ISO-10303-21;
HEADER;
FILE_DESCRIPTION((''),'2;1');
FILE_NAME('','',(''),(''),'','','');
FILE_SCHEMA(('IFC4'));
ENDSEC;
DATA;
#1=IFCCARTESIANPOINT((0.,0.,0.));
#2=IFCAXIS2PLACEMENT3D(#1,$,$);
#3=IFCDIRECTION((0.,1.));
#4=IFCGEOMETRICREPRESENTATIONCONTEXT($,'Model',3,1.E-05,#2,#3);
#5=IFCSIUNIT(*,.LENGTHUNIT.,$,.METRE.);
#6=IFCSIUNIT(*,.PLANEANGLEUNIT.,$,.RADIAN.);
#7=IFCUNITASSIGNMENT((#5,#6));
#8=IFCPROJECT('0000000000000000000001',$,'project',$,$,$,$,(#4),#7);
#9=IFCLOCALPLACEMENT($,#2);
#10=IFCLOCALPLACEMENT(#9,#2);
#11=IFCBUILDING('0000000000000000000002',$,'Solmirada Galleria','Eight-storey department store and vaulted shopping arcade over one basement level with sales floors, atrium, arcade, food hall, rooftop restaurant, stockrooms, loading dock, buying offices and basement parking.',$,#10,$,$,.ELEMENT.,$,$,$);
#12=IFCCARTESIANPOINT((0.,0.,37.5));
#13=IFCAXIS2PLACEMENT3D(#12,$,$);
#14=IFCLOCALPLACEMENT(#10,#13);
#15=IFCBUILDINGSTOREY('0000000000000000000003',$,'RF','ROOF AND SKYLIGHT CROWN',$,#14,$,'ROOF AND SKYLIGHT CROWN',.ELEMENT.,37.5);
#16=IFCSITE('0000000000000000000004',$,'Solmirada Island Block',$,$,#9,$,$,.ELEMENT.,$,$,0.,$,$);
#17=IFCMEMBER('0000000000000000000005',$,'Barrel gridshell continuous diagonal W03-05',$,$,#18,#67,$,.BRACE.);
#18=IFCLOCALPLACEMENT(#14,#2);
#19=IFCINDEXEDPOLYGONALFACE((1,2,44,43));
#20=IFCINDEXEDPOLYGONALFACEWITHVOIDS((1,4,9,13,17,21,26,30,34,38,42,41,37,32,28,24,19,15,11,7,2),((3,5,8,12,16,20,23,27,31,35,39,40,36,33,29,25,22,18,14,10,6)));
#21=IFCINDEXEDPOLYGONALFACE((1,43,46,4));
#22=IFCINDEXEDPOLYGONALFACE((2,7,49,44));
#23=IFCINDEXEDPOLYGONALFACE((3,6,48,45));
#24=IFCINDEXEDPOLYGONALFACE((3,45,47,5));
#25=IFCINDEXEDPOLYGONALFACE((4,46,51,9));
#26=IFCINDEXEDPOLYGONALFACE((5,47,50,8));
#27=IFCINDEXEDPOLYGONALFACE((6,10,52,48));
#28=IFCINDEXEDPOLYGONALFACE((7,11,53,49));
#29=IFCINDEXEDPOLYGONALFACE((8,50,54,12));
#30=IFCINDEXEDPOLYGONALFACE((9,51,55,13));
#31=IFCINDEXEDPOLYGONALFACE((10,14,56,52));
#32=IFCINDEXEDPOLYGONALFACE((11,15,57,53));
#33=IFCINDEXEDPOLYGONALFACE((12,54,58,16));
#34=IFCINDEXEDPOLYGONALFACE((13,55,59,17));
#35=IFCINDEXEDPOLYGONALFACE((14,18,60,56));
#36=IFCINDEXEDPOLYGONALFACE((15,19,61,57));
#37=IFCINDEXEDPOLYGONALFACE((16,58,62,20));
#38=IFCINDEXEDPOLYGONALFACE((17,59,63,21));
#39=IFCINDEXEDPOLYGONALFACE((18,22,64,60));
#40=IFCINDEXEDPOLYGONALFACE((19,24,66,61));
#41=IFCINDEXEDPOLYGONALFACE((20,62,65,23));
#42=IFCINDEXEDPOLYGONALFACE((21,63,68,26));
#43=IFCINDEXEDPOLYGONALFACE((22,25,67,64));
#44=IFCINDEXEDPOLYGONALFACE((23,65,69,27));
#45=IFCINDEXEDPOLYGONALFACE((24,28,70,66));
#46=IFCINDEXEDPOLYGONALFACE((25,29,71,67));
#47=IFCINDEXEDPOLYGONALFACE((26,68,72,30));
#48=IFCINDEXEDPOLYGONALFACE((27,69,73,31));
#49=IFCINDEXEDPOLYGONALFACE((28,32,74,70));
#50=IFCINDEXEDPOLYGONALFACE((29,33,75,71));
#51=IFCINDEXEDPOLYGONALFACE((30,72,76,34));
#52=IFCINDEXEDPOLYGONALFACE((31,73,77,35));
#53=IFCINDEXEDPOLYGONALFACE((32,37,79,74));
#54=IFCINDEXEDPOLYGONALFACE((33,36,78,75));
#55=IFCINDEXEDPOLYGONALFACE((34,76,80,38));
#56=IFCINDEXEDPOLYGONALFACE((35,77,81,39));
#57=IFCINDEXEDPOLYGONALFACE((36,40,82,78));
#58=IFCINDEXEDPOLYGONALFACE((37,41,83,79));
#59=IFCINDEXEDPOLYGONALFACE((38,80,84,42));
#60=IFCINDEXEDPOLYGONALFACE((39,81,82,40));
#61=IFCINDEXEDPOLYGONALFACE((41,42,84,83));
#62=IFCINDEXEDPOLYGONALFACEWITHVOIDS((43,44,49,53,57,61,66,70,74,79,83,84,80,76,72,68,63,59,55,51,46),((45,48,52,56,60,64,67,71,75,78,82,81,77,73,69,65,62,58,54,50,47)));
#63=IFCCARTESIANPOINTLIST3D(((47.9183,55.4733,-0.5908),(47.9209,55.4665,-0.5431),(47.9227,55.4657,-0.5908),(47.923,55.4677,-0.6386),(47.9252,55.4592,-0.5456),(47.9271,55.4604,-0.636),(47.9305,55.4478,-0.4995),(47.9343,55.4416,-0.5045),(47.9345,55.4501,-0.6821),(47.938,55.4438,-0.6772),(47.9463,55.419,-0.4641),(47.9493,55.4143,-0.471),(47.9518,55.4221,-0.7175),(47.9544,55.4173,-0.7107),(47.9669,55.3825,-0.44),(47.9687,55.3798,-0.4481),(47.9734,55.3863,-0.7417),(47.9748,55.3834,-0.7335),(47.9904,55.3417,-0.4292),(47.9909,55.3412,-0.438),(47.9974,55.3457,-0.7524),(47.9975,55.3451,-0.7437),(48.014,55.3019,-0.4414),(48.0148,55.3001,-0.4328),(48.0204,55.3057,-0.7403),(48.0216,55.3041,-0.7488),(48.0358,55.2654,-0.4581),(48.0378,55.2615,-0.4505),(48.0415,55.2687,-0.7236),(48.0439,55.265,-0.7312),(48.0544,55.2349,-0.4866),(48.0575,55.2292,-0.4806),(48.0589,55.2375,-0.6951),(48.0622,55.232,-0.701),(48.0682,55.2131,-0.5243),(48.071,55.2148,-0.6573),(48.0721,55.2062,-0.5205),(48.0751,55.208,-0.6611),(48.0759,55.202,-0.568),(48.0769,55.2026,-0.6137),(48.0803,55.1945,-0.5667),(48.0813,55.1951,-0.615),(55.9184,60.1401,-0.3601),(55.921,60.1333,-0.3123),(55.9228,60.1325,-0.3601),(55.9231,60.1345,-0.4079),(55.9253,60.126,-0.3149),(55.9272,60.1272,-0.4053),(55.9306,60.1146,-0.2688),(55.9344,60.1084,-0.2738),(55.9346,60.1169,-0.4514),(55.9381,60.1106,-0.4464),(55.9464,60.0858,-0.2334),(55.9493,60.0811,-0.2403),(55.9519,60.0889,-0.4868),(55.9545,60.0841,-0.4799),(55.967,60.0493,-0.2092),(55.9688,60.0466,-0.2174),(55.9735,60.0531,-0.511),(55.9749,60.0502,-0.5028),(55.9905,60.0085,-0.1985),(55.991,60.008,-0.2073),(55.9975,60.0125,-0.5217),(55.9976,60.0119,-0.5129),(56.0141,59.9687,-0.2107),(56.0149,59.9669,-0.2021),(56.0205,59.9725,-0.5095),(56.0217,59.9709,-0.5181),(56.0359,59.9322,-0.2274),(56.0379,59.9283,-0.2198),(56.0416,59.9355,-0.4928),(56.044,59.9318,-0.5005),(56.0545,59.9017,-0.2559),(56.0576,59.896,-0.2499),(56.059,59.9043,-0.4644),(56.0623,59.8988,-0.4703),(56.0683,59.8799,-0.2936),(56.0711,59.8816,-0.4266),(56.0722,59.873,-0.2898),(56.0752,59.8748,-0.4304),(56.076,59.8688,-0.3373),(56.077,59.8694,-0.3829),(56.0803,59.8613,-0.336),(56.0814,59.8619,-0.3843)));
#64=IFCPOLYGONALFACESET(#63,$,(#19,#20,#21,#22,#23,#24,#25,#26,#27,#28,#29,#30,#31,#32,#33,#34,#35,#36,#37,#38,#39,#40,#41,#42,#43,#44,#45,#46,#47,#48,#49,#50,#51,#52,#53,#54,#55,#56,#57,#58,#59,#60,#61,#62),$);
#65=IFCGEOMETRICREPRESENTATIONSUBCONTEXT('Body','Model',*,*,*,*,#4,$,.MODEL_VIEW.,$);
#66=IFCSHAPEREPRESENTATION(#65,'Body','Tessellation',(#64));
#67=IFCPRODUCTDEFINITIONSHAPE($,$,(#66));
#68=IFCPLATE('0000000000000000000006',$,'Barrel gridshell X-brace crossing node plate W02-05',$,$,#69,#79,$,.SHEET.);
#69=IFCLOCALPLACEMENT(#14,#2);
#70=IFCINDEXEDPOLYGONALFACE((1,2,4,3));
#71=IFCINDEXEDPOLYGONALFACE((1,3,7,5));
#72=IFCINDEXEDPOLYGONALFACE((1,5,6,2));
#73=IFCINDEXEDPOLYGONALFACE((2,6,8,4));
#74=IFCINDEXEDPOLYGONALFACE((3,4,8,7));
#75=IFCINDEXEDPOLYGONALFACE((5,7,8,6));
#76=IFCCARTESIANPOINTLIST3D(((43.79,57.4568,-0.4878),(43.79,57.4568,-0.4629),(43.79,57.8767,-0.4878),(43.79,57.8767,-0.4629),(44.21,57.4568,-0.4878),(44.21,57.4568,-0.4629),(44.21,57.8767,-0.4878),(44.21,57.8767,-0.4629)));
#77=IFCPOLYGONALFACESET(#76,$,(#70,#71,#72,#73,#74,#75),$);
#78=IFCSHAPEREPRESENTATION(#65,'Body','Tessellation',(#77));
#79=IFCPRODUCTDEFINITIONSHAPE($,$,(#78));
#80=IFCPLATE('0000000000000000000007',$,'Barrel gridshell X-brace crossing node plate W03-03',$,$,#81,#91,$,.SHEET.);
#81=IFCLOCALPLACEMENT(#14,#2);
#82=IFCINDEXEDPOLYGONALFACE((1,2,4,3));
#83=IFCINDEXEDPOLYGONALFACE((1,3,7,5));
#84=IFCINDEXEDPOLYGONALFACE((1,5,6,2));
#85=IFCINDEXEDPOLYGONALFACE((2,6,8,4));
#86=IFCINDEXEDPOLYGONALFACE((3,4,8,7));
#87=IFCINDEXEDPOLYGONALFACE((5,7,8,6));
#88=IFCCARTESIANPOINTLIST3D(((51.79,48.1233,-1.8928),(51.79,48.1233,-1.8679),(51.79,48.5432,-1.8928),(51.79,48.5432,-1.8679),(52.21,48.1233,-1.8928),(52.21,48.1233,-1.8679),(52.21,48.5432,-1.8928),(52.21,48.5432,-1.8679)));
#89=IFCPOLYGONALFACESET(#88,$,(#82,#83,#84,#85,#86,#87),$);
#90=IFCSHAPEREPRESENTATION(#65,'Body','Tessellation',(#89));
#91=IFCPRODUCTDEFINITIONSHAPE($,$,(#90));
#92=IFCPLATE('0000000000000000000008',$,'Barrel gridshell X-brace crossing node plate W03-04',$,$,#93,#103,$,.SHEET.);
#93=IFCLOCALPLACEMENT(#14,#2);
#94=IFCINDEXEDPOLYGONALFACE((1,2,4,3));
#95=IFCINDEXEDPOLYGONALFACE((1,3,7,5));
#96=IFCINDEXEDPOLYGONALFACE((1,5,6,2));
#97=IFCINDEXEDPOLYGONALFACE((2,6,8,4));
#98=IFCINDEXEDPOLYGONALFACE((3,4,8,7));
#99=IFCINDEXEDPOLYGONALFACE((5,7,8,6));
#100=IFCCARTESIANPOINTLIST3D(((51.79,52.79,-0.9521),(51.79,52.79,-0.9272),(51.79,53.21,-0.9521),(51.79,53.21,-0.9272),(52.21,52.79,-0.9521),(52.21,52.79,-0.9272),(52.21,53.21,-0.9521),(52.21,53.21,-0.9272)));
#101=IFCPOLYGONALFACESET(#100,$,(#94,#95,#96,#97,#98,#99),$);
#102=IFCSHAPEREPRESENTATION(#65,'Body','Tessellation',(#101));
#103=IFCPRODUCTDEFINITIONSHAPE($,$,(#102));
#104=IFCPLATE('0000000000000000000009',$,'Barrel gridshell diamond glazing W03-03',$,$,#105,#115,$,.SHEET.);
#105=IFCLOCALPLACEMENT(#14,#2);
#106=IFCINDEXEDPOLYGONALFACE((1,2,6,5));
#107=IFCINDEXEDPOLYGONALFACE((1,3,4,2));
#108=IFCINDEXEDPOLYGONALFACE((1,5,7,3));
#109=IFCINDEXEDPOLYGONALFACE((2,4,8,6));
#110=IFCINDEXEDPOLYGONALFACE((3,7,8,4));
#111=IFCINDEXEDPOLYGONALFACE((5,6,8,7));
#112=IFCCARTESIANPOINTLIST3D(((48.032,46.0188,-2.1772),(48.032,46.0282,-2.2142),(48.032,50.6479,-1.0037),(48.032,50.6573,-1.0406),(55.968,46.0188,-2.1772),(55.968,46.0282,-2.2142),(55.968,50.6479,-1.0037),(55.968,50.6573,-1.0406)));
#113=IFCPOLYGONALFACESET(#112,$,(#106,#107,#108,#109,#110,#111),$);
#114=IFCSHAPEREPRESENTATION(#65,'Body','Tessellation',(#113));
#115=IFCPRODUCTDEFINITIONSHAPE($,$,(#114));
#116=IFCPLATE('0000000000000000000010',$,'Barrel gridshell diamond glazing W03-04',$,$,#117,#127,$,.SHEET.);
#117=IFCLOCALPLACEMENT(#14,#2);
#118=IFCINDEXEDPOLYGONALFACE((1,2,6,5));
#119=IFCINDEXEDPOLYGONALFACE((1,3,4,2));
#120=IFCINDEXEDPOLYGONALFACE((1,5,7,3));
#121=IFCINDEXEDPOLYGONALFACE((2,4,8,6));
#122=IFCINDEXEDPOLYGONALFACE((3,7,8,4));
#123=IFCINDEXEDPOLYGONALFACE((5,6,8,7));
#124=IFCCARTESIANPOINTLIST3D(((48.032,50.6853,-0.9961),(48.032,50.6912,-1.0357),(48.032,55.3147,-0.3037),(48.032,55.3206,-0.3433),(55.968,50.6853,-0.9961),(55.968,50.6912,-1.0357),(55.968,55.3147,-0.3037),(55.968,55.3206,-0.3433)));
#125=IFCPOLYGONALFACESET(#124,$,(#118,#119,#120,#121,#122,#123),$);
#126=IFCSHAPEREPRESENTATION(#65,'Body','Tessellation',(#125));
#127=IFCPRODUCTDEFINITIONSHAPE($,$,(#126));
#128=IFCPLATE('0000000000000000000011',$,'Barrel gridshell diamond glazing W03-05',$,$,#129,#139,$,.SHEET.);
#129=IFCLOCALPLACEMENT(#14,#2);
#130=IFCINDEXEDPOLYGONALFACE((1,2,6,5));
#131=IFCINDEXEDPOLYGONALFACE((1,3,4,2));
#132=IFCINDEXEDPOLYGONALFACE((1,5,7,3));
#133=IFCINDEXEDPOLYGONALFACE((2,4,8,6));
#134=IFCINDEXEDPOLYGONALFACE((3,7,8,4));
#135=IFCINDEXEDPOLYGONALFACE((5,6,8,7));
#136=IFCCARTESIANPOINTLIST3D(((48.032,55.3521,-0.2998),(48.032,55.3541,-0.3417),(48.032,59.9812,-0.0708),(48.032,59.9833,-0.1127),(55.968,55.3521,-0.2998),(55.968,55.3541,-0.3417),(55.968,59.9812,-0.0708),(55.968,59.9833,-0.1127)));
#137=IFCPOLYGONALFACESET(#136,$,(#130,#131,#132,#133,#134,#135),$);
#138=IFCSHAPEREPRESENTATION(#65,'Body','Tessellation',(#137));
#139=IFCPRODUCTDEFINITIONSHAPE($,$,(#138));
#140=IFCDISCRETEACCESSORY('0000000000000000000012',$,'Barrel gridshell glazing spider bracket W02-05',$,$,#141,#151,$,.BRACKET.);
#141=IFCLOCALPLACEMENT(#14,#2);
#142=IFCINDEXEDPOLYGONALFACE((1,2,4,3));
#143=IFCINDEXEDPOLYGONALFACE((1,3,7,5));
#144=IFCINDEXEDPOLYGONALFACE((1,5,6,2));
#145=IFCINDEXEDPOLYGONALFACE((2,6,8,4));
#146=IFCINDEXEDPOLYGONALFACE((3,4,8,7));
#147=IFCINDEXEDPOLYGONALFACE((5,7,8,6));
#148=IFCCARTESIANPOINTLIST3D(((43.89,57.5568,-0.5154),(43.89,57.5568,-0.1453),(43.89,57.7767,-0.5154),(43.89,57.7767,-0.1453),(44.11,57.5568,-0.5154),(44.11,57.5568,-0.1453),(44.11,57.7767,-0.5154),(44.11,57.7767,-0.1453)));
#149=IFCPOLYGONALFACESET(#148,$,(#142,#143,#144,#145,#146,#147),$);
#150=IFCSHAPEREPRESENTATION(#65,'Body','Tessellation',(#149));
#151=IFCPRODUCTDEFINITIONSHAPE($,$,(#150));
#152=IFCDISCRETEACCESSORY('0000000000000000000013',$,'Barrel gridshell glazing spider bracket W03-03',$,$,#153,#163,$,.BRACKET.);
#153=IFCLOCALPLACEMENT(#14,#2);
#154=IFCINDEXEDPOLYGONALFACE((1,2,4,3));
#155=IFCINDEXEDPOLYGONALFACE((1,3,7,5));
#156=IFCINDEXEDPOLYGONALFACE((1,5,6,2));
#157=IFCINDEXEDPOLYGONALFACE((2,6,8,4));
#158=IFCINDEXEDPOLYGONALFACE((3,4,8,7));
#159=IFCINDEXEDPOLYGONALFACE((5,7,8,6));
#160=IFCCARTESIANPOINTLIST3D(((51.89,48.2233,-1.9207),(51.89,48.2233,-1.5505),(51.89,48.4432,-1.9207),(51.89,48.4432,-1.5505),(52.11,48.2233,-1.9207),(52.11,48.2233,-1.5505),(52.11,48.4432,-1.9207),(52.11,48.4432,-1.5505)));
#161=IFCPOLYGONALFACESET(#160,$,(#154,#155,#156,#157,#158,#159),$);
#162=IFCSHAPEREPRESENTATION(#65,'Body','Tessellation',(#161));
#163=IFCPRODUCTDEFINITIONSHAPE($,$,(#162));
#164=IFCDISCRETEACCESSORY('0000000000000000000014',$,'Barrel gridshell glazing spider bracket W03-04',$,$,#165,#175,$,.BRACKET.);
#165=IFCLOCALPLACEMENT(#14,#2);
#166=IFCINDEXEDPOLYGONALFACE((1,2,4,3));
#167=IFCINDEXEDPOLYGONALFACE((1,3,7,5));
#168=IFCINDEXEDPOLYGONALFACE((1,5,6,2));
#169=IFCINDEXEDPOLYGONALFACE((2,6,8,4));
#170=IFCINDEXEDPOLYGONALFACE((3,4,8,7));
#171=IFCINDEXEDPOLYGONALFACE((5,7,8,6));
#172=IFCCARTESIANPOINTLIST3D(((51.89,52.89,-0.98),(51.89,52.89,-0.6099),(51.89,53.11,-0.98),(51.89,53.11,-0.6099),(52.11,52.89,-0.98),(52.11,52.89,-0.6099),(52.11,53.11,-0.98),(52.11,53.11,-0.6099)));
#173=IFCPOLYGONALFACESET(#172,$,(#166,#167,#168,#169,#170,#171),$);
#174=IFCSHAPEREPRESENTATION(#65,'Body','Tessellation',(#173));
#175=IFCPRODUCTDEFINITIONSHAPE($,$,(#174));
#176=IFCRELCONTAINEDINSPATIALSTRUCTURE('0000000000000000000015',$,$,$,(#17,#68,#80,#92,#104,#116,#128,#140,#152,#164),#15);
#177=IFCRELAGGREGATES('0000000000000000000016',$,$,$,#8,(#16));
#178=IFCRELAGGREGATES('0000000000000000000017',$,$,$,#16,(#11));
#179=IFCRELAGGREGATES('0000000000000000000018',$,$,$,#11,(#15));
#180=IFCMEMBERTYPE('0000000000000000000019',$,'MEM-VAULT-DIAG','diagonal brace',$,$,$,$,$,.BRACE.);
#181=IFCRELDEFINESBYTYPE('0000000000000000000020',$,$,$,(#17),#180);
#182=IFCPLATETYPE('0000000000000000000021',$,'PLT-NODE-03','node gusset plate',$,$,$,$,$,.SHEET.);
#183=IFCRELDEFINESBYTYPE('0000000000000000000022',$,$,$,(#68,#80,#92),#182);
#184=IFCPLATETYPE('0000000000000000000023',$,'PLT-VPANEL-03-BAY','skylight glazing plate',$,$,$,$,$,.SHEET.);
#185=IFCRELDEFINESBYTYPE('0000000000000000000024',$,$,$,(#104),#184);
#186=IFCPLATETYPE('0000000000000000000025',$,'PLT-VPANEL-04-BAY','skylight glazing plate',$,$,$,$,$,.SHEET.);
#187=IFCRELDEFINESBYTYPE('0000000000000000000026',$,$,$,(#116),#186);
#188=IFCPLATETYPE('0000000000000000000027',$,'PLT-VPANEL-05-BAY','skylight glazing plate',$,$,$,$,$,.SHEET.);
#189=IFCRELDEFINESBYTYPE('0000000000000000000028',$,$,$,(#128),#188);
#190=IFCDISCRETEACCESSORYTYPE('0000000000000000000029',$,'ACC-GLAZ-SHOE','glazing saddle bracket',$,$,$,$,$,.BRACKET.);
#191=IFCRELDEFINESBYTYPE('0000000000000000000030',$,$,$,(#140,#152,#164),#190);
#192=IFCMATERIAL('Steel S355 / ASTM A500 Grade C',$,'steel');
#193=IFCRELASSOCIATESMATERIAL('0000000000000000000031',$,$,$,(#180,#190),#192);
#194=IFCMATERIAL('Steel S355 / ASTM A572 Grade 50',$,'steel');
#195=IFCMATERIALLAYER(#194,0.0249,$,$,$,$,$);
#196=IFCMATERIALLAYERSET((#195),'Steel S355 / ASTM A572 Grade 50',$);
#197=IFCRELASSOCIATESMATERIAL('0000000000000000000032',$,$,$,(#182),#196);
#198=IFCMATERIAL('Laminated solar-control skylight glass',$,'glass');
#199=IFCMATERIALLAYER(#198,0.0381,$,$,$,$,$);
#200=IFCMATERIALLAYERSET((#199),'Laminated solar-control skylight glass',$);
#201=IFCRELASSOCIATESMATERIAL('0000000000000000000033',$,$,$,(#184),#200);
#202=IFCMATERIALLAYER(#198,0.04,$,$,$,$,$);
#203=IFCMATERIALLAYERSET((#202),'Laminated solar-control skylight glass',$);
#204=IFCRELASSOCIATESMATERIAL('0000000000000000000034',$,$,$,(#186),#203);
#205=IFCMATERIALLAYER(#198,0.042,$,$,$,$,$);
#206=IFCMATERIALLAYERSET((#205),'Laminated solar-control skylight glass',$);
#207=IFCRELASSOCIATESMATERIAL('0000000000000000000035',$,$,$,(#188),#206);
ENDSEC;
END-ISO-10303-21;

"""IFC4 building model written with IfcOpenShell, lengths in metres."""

from ifc_helpers import new_model, si_unit, direction, frame, origin, origin_2d, place, context, subcontext, project, spatial, polyline, rectangle, hollow_circle, outline, extrude, material, layer, layer_set, material_profile, profile_set, type_object, element, save


model = new_model("IFC4")

# Units and contexts
model_context = context("Model", 3, precision=1e-05, world=origin(), true_north=direction((0.0, 1.0)))
body_context = subcontext(model_context, "Body", "Model", "MODEL_VIEW")
ifc_project = project(units=[si_unit("LENGTHUNIT", "METRE"), si_unit("PLANEANGLEUNIT", "RADIAN")], contexts=[model_context])

# Site, building, storey
site_placement = place(None, origin())
site = spatial("IfcSite", under=ifc_project, at=site_placement, Name="Solmirada Island Block", CompositionType="ELEMENT", RefElevation=0.0)
building_placement = place(site_placement, origin())
building = spatial("IfcBuilding", under=site, at=building_placement, Name="Solmirada Galleria", Description="Eight-storey department store and vaulted shopping arcade over one basement level with sales floors, atrium, arcade, food hall, rooftop restaurant, stockrooms, loading dock, buying offices and basement parking.", CompositionType="ELEMENT")
storey_placement = place(building_placement, frame((0.0, 0.0, 37.5)))
storey = spatial("IfcBuildingStorey", under=building, at=storey_placement, Name="RF", Description="ROOF AND SKYLIGHT CROWN", LongName="ROOF AND SKYLIGHT CROWN", CompositionType="ELEMENT", Elevation=37.5)

# Member
ifc_material_1 = material(Name="Steel S355 / ASTM A500 Grade C", Category="steel")
ifc_material_profile_1 = material_profile(ifc_material_1, hollow_circle(Radius=0.1621, WallThickness=0.0088, at=origin_2d()), Name="HSS12.750X0.375")
ifc_profile_set_1 = profile_set([ifc_material_profile_1], Name="Steel S355 / ASTM A500 Grade C")
member_type_1 = type_object("IfcMemberType", Name="MEM-VAULT-DIAG", Description="diagonal brace", PredefinedType="BRACE", material=ifc_profile_set_1)
member_1_placement = place(storey_placement, frame((48.0, 55.3333, -0.5908), z_axis=(0.863507, 0.503721, 0.024903), x_axis=(-0.503878, 0.863775, 0.0)))
element("IfcMember", 1, at=member_1_placement, inside=storey, type_object=member_type_1, Name="Barrel gridshell continuous diagonal W03-05", PredefinedType="BRACE", context=body_context, shape_type="SweptSolid", body=[
    extrude(hollow_circle(Radius=0.1621, WallThickness=0.0088, at=origin_2d()), origin(), (0.0, 0.0, 1.0), 9.2646),
])

# Plates
ifc_material_2 = material(Name="Steel S355 / ASTM A572 Grade 50", Category="steel")
ifc_layer_1 = layer(ifc_material_2, 0.0249)
ifc_layer_set_1 = layer_set([ifc_layer_1], Name="Steel S355 / ASTM A572 Grade 50")
plate_type_1 = type_object("IfcPlateType", Name="PLT-NODE-03", Description="node gusset plate", PredefinedType="SHEET", material=ifc_layer_set_1)
for number, where, z_axis, x_axis, name in (
    (2, (44.0, 57.6667, -0.4878), (0.0, 0.0, 1.0), (1.0, 0.0, 0.0), "Barrel gridshell X-brace crossing node plate W02-05"),
    (3, (52.0, 48.3333, -1.8928), (0.0, 0.0, 1.0), (1.0, 0.0, 0.0), "Barrel gridshell X-brace crossing node plate W03-03"),
    (4, (52.0, 53.0, -0.9521), (0.0, 0.0, 1.0), (1.0, 0.0, 0.0), "Barrel gridshell X-brace crossing node plate W03-04"),
):
    element("IfcPlate", number, at=place(storey_placement, frame(where, z_axis=z_axis, x_axis=x_axis)), inside=storey, type_object=plate_type_1, Name=name, PredefinedType="SHEET", context=body_context, shape_type="SweptSolid", body=[
        extrude(rectangle(XDim=0.4199, YDim=0.4199, at=origin_2d()), origin(), (0.0, 0.0, 1.0), 0.0249),
    ])
ifc_material_3 = material(Name="Laminated solar-control skylight glass", Category="glass")
ifc_layer_2 = layer(ifc_material_3, 0.0381)
ifc_layer_set_2 = layer_set([ifc_layer_2], Name="Laminated solar-control skylight glass")
plate_type_2 = type_object("IfcPlateType", Name="PLT-VPANEL-03-BAY", Description="skylight glazing plate", PredefinedType="SHEET", material=ifc_layer_set_2)
plate_1_placement = place(storey_placement, frame((48.032, 46.0188, -2.1772), z_axis=(0.0, -0.245746, 0.969334), x_axis=(1.0, 0.0, 0.0)))
element("IfcPlate", 5, at=plate_1_placement, inside=storey, type_object=plate_type_2, Name="Barrel gridshell diamond glazing W03-03", PredefinedType="SHEET", context=body_context, shape_type="SweptSolid", body=[
    extrude(outline(polyline([(0.0, 0.0), (7.936, 0.0), (7.936, 4.7756), (0.0, 4.7756), (0.0, 0.0)])), origin(), (0.0, 0.0, -1.0), 0.0381),
])
ifc_layer_3 = layer(ifc_material_3, 0.04)
ifc_layer_set_3 = layer_set([ifc_layer_3], Name="Laminated solar-control skylight glass")
plate_type_3 = type_object("IfcPlateType", Name="PLT-VPANEL-04-BAY", Description="skylight glazing plate", PredefinedType="SHEET", material=ifc_layer_set_3)
plate_2_placement = place(storey_placement, frame((48.032, 50.6853, -0.9961), z_axis=(0.0, -0.147917, 0.989), x_axis=(1.0, 0.0, 0.0)))
element("IfcPlate", 6, at=plate_2_placement, inside=storey, type_object=plate_type_3, Name="Barrel gridshell diamond glazing W03-04", PredefinedType="SHEET", context=body_context, shape_type="SweptSolid", body=[
    extrude(outline(polyline([(0.0, 0.0), (7.936, 0.0), (7.936, 4.6809), (0.0, 4.6809), (0.0, 0.0)])), origin(), (0.0, 0.0, -1.0), 0.04),
])
ifc_layer_4 = layer(ifc_material_3, 0.042)
ifc_layer_set_4 = layer_set([ifc_layer_4], Name="Laminated solar-control skylight glass")
plate_type_4 = type_object("IfcPlateType", Name="PLT-VPANEL-05-BAY", Description="skylight glazing plate", PredefinedType="SHEET", material=ifc_layer_set_4)
plate_3_placement = place(storey_placement, frame((48.032, 55.3521, -0.2998), z_axis=(0.0, -0.04941, 0.998779), x_axis=(1.0, 0.0, 0.0)))
element("IfcPlate", 7, at=plate_3_placement, inside=storey, type_object=plate_type_4, Name="Barrel gridshell diamond glazing W03-05", PredefinedType="SHEET", context=body_context, shape_type="SweptSolid", body=[
    extrude(outline(polyline([(0.0, 0.0), (7.936, 0.0), (7.936, 4.6348), (0.0, 4.6348), (0.0, 0.0)])), origin(), (0.0, 0.0, -1.0), 0.042),
])

# Discrete accessories
discrete_accessory_type = type_object("IfcDiscreteAccessoryType", Name="ACC-GLAZ-SHOE", Description="glazing saddle bracket", PredefinedType="BRACKET", material=ifc_material_1)
for number, where, z_axis, x_axis, name in (
    (8, (44.0, 57.6667, -0.5154), (0.0, 0.0, 1.0), (1.0, 0.0, 0.0), "Barrel gridshell glazing spider bracket W02-05"),
    (9, (52.0, 48.3333, -1.9207), (0.0, 0.0, 1.0), (1.0, 0.0, 0.0), "Barrel gridshell glazing spider bracket W03-03"),
    (10, (52.0, 53.0, -0.98), (0.0, 0.0, 1.0), (1.0, 0.0, 0.0), "Barrel gridshell glazing spider bracket W03-04"),
):
    element("IfcDiscreteAccessory", number, at=place(storey_placement, frame(where, z_axis=z_axis, x_axis=x_axis)), inside=storey, type_object=discrete_accessory_type, Name=name, PredefinedType="BRACKET", context=body_context, shape_type="SweptSolid", body=[
        extrude(rectangle(XDim=0.22, YDim=0.22, at=origin_2d()), origin(), (0.0, 0.0, 1.0), 0.3701),
    ])

save(model, "model.ifc")
